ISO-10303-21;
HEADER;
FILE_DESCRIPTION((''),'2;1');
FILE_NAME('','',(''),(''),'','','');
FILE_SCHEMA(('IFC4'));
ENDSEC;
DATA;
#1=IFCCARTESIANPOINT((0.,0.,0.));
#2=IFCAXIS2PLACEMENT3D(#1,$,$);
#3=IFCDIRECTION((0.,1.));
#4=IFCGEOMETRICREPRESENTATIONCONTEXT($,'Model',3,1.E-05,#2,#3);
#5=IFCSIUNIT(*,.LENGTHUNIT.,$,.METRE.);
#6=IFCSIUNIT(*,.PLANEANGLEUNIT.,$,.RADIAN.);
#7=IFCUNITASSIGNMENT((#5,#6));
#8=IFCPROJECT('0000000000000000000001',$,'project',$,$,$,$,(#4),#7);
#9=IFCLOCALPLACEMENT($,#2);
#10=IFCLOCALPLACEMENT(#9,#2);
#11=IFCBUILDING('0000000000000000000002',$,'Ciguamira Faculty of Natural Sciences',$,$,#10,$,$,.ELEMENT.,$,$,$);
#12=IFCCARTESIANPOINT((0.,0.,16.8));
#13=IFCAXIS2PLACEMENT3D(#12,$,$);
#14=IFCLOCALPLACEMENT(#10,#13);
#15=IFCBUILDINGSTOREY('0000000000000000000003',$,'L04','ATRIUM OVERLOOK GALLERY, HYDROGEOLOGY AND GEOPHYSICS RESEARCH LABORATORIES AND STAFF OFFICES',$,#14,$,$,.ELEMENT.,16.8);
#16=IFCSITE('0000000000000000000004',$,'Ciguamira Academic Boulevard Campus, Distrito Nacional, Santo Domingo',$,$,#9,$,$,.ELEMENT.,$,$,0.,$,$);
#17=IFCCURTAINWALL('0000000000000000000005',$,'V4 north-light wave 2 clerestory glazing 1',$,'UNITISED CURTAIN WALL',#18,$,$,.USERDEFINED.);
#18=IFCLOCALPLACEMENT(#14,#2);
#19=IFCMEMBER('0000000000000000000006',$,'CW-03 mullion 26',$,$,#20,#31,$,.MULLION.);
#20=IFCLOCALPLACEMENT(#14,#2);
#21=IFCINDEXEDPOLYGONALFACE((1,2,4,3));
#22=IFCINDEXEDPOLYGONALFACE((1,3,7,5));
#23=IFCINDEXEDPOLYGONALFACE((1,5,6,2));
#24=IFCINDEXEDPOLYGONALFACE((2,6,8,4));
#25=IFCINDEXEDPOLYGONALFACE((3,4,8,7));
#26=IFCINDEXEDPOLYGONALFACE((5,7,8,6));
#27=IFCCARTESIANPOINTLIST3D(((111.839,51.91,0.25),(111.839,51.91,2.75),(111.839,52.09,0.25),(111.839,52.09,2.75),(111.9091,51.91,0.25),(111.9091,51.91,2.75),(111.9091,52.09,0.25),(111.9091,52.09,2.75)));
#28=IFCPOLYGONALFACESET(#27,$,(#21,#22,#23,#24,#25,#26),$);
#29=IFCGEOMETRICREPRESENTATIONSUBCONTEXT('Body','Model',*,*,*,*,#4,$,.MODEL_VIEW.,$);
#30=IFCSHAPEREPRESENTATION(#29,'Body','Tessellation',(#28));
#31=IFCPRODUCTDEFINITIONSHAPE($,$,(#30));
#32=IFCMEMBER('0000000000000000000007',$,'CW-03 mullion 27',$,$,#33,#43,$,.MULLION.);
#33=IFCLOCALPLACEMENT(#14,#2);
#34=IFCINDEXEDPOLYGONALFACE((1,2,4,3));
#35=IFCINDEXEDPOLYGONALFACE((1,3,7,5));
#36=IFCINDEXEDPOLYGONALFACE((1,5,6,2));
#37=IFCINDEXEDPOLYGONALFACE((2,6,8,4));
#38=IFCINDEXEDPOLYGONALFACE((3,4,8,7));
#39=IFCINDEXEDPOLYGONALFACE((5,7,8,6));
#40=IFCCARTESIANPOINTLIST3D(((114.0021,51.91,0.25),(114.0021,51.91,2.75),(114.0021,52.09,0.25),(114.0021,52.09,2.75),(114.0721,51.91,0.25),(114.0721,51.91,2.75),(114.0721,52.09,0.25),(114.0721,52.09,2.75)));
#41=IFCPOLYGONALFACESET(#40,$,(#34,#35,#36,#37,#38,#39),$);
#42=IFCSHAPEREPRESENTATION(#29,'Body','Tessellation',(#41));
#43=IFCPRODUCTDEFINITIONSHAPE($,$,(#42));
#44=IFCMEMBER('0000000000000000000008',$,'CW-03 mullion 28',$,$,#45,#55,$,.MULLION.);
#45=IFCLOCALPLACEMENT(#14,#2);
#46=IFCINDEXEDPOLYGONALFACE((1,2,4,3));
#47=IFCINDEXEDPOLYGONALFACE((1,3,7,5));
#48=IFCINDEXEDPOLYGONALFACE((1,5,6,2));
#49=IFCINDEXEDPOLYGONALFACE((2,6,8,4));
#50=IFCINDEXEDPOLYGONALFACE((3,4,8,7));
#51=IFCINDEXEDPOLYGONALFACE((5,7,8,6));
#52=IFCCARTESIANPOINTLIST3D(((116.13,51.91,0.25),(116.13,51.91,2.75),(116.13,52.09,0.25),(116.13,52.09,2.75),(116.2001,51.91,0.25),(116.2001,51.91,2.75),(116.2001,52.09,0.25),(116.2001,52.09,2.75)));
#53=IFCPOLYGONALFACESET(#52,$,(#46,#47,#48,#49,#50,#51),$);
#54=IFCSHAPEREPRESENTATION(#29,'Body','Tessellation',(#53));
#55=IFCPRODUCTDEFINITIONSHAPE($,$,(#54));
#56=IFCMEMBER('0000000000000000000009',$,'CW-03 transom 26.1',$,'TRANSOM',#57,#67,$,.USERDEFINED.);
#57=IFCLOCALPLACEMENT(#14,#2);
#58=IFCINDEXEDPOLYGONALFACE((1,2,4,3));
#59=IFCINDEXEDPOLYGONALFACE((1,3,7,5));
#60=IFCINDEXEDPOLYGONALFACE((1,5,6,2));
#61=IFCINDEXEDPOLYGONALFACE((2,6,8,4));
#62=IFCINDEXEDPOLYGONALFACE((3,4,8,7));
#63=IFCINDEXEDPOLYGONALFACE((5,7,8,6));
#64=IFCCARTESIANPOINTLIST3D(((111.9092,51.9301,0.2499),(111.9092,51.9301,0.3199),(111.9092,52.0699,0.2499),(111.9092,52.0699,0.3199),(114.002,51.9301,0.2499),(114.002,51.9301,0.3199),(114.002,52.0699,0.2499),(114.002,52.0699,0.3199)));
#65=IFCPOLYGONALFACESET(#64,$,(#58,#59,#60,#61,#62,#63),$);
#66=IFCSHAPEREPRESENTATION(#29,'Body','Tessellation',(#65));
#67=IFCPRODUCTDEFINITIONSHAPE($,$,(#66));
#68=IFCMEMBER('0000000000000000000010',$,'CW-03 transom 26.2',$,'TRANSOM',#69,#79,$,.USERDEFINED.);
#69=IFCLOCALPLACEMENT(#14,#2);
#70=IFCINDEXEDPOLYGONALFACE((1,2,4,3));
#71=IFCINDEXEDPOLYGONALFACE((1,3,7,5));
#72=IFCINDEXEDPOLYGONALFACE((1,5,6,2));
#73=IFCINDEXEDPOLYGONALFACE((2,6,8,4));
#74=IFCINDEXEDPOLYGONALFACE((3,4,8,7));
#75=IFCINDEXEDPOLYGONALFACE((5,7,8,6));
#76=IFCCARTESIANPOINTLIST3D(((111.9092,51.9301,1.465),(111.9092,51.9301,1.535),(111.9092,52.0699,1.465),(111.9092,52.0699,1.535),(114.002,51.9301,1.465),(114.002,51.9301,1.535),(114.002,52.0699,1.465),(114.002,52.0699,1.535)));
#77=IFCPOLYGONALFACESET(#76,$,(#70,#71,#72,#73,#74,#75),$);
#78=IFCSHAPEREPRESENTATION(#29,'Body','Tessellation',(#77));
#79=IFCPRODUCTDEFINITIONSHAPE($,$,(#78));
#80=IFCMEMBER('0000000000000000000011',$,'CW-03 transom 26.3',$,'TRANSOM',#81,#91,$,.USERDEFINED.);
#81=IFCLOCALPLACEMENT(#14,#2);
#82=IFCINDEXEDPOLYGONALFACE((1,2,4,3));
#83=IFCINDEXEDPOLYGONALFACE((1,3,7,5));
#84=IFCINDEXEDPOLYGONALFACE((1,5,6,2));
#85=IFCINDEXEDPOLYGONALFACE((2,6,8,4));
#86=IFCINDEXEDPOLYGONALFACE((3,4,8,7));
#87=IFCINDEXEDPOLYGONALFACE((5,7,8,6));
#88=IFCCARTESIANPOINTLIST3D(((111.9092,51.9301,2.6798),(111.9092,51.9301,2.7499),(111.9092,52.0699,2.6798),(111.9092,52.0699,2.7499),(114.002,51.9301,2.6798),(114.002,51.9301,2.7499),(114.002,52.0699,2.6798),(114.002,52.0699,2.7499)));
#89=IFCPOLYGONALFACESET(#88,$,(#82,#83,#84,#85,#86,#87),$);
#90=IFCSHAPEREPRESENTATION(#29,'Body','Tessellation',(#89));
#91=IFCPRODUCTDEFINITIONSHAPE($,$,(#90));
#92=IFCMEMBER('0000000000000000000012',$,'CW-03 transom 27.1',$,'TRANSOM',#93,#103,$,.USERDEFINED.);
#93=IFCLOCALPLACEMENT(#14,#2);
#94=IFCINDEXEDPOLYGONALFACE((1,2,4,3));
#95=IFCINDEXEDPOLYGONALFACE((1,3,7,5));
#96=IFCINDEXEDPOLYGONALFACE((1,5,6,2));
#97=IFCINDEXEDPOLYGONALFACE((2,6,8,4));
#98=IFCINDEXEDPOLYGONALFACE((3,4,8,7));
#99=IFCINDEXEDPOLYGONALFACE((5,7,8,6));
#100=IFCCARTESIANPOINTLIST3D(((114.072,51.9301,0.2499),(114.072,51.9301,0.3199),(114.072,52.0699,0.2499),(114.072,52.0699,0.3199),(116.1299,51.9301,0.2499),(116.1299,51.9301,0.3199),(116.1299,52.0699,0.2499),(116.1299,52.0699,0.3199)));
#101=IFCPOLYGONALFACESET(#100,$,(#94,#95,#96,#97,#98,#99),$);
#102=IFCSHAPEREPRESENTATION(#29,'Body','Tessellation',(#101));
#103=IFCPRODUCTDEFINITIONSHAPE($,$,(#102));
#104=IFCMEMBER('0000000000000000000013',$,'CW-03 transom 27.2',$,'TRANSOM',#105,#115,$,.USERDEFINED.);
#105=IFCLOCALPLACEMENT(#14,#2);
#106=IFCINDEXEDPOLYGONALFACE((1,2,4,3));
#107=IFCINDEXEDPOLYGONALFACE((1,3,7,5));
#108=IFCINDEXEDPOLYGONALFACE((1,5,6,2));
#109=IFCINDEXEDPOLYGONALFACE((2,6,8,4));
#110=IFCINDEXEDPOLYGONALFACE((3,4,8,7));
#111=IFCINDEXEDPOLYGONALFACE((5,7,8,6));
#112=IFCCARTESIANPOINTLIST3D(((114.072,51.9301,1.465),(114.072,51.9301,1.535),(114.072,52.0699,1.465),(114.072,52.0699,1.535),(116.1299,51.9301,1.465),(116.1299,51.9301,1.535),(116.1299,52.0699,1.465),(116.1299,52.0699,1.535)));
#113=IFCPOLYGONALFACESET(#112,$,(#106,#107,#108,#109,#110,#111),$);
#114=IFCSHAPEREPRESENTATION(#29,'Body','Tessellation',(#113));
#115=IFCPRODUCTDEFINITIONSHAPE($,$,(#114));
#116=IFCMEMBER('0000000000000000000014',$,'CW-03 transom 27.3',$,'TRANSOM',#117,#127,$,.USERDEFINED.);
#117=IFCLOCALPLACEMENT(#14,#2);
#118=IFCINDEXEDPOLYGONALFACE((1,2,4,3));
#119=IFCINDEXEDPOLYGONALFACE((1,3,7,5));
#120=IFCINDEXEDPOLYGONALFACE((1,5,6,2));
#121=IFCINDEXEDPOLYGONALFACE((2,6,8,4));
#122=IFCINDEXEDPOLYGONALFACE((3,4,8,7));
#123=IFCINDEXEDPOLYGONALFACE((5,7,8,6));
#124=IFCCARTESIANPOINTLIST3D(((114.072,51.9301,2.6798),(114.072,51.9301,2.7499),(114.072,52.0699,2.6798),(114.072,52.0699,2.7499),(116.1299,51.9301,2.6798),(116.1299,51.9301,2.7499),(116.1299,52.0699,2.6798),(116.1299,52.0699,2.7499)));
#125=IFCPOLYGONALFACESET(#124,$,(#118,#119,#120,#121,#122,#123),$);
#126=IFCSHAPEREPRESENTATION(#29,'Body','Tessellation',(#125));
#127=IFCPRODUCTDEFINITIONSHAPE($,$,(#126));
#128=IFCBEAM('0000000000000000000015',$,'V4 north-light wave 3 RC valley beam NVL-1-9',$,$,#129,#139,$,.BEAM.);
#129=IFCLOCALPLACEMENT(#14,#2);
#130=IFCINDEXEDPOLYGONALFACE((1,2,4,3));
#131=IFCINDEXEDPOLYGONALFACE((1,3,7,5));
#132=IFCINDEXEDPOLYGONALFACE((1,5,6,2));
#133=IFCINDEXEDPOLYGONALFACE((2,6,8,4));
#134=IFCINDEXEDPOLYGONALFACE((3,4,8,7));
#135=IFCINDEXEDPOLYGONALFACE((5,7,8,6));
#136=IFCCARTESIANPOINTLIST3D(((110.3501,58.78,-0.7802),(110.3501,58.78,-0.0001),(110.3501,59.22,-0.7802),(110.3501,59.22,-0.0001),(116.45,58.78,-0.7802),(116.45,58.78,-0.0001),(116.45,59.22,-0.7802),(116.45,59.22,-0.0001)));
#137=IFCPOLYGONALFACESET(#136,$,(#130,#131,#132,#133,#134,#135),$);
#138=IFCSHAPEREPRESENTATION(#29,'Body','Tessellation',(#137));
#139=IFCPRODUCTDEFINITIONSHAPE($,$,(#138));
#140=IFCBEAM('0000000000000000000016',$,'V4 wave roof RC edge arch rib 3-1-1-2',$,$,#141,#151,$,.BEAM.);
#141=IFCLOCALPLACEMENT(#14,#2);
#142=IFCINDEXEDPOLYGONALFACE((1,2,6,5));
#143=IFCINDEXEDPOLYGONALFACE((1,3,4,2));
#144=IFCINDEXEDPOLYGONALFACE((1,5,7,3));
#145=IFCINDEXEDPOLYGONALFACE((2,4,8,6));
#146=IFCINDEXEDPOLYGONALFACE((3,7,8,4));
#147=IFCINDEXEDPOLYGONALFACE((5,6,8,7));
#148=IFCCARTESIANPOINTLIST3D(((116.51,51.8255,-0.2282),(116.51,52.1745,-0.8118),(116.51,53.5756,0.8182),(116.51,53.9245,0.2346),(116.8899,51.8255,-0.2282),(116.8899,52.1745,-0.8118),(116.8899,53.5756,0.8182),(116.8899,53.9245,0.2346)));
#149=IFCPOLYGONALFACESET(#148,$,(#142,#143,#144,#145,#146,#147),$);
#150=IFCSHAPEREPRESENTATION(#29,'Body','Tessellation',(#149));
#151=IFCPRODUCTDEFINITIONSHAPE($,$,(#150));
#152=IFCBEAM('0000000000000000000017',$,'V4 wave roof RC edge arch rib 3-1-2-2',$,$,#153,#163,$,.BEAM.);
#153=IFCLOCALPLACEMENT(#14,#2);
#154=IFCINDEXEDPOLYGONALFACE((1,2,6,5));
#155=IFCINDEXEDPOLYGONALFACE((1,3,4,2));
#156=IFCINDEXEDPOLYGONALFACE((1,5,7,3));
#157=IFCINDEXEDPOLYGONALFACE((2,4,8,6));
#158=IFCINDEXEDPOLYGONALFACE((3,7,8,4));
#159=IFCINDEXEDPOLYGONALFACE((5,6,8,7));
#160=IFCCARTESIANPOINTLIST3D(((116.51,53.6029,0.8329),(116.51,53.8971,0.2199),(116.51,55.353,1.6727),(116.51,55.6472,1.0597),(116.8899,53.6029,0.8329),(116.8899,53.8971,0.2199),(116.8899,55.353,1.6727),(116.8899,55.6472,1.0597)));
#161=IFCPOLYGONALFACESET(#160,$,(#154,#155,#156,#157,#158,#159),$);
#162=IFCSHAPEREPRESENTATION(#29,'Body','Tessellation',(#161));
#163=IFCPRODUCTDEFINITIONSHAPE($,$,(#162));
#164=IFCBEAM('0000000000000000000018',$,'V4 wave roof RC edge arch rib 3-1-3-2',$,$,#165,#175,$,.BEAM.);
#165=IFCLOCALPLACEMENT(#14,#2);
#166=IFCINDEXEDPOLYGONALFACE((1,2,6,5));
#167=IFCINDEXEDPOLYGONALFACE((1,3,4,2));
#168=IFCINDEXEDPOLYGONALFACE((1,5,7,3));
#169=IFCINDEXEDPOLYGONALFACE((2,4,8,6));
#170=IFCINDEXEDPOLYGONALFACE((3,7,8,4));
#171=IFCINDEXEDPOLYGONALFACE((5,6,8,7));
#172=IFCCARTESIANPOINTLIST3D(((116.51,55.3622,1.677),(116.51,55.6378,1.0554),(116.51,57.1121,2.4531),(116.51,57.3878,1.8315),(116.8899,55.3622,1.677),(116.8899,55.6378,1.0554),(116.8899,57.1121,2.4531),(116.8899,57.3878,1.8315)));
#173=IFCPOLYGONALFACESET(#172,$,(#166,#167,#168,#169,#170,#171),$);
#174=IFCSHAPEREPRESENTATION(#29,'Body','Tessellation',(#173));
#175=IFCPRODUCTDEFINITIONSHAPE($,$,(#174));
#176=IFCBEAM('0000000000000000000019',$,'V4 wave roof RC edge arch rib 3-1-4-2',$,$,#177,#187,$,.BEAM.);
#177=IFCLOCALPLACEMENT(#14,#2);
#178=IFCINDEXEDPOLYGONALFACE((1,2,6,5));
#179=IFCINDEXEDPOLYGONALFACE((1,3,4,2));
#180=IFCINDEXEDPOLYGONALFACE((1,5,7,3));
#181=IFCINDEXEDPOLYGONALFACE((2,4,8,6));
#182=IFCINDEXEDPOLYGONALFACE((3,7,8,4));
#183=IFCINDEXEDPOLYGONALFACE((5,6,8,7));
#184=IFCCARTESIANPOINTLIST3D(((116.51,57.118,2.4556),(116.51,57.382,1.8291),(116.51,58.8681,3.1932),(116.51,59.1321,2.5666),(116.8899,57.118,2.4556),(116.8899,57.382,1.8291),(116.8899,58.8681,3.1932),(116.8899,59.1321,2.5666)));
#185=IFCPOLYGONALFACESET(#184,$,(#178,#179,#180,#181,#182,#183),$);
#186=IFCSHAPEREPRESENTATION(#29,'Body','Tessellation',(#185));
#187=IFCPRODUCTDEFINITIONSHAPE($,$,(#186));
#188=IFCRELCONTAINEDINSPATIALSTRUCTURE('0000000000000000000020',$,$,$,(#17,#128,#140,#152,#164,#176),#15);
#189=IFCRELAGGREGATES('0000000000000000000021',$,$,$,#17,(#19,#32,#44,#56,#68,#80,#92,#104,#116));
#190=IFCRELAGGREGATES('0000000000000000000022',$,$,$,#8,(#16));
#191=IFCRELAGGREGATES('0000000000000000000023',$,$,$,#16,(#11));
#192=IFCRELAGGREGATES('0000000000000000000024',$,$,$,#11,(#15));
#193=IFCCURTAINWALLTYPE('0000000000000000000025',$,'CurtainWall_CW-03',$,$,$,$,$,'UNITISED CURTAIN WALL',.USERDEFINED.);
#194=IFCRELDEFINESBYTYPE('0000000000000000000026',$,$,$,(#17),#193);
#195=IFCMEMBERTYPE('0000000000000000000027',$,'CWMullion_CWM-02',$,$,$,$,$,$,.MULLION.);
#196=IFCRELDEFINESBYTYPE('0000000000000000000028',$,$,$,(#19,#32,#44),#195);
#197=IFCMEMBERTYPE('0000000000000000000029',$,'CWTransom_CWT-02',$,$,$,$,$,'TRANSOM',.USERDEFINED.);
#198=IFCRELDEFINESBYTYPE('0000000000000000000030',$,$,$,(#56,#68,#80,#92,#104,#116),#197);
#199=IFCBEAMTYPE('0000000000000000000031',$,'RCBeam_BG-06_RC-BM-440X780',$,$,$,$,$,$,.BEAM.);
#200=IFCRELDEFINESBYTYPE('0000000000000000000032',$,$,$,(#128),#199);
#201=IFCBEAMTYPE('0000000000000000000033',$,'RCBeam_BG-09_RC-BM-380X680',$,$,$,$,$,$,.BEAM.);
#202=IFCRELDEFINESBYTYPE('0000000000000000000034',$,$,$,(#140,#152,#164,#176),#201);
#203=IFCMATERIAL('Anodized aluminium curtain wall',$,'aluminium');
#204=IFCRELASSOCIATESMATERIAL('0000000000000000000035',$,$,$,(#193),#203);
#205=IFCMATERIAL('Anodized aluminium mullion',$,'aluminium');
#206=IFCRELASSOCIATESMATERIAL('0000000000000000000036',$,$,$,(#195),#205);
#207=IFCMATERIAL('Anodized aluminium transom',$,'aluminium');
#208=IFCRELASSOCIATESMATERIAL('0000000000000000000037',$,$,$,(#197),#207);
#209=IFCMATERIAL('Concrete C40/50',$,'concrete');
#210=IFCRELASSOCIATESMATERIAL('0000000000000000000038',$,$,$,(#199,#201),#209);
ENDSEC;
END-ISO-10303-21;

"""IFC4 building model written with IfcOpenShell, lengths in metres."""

from ifc_helpers import new_model, si_unit, direction, frame, origin, origin_2d, place, context, subcontext, project, spatial, rectangle, extrude, material, material_profile, profile_set, type_object, element, aggregate, save


model = new_model("IFC4")

# Units and contexts
model_context = context("Model", 3, precision=1e-05, world=origin(), true_north=direction((0.0, 1.0)))
body_context = subcontext(model_context, "Body", "Model", "MODEL_VIEW")
ifc_project = project(units=[si_unit("LENGTHUNIT", "METRE"), si_unit("PLANEANGLEUNIT", "RADIAN")], contexts=[model_context])

# Site, building, storey
site_placement = place(None, origin())
site = spatial("IfcSite", under=ifc_project, at=site_placement, Name="Ciguamira Academic Boulevard Campus, Distrito Nacional, Santo Domingo", CompositionType="ELEMENT", RefElevation=0.0)
building_placement = place(site_placement, origin())
building = spatial("IfcBuilding", under=site, at=building_placement, Name="Ciguamira Faculty of Natural Sciences", CompositionType="ELEMENT")
storey_placement = place(building_placement, frame((0.0, 0.0, 16.8)))
storey = spatial("IfcBuildingStorey", under=building, at=storey_placement, Name="L04", Description="ATRIUM OVERLOOK GALLERY, HYDROGEOLOGY AND GEOPHYSICS RESEARCH LABORATORIES AND STAFF OFFICES", CompositionType="ELEMENT", Elevation=16.8)

# Curtain wall, members
ifc_material_1 = material(Name="Anodized aluminium curtain wall", Category="aluminium")
curtain_wall_type = type_object("IfcCurtainWallType", Name="CurtainWall_CW-03", ElementType="UNITISED CURTAIN WALL", PredefinedType="USERDEFINED", material=ifc_material_1)
curtain_wall_placement = place(storey_placement, origin())
curtain_wall = element("IfcCurtainWall", 1, at=curtain_wall_placement, inside=storey, type_object=curtain_wall_type, Name="V4 north-light wave 2 clerestory glazing 1", ObjectType="UNITISED CURTAIN WALL", PredefinedType="USERDEFINED")
ifc_material_2 = material(Name="Anodized aluminium mullion", Category="aluminium")
ifc_material_profile_1 = material_profile(ifc_material_2, rectangle(XDim=0.0701, YDim=0.1799, at=origin_2d()), Name="ALU-MUL-70X180")
ifc_profile_set_1 = profile_set([ifc_material_profile_1], Name="Anodized aluminium mullion")
member_type_1 = type_object("IfcMemberType", Name="CWMullion_CWM-02", PredefinedType="MULLION", material=ifc_profile_set_1)
member_1_placement = place(storey_placement, frame((111.874, 52.0, 0.25), z_axis=(0.0, 0.0, 1.0), x_axis=(1.0, 0.0, 0.0)))
member_1 = element("IfcMember", 2, at=member_1_placement, type_object=member_type_1, Name="CW-03 mullion 26", PredefinedType="MULLION", context=body_context, shape_type="SweptSolid", body=[
    extrude(rectangle(XDim=0.0701, YDim=0.1799, at=origin_2d()), origin(), (0.0, 0.0, 1.0), 2.5),
])
member_2_placement = place(storey_placement, frame((114.0371, 52.0, 0.25), z_axis=(0.0, 0.0, 1.0), x_axis=(1.0, 0.0, 0.0)))
member_2 = element("IfcMember", 3, at=member_2_placement, type_object=member_type_1, Name="CW-03 mullion 27", PredefinedType="MULLION", context=body_context, shape_type="SweptSolid", body=[
    extrude(rectangle(XDim=0.0701, YDim=0.1799, at=origin_2d()), origin(), (0.0, 0.0, 1.0), 2.5),
])
member_3_placement = place(storey_placement, frame((116.165, 52.0, 0.25), z_axis=(0.0, 0.0, 1.0), x_axis=(1.0, 0.0, 0.0)))
member_3 = element("IfcMember", 4, at=member_3_placement, type_object=member_type_1, Name="CW-03 mullion 28", PredefinedType="MULLION", context=body_context, shape_type="SweptSolid", body=[
    extrude(rectangle(XDim=0.0701, YDim=0.1799, at=origin_2d()), origin(), (0.0, 0.0, 1.0), 2.5),
])
ifc_material_3 = material(Name="Anodized aluminium transom", Category="aluminium")
ifc_material_profile_2 = material_profile(ifc_material_3, rectangle(XDim=0.0701, YDim=0.1399, at=origin_2d()), Name="ALU-TRN-70X140")
ifc_profile_set_2 = profile_set([ifc_material_profile_2], Name="Anodized aluminium transom")
member_type_2 = type_object("IfcMemberType", Name="CWTransom_CWT-02", ElementType="TRANSOM", PredefinedType="USERDEFINED", material=ifc_profile_set_2)
member_4_placement = place(storey_placement, frame((111.9092, 52.0, 0.2849), z_axis=(1.0, 0.0, 0.0), x_axis=(0.0, 0.0, 1.0)))
member_4 = element("IfcMember", 5, at=member_4_placement, type_object=member_type_2, Name="CW-03 transom 26.1", ObjectType="TRANSOM", PredefinedType="USERDEFINED", context=body_context, shape_type="SweptSolid", body=[
    extrude(rectangle(XDim=0.0701, YDim=0.1399, at=origin_2d()), origin(), (0.0, 0.0, 1.0), 2.0928),
])
member_5_placement = place(storey_placement, frame((111.9092, 52.0, 1.5), z_axis=(1.0, 0.0, 0.0), x_axis=(0.0, 0.0, 1.0)))
member_5 = element("IfcMember", 6, at=member_5_placement, type_object=member_type_2, Name="CW-03 transom 26.2", ObjectType="TRANSOM", PredefinedType="USERDEFINED", context=body_context, shape_type="SweptSolid", body=[
    extrude(rectangle(XDim=0.0701, YDim=0.1399, at=origin_2d()), origin(), (0.0, 0.0, 1.0), 2.0928),
])
member_6_placement = place(storey_placement, frame((111.9092, 52.0, 2.7148), z_axis=(1.0, 0.0, 0.0), x_axis=(0.0, 0.0, 1.0)))
member_6 = element("IfcMember", 7, at=member_6_placement, type_object=member_type_2, Name="CW-03 transom 26.3", ObjectType="TRANSOM", PredefinedType="USERDEFINED", context=body_context, shape_type="SweptSolid", body=[
    extrude(rectangle(XDim=0.0701, YDim=0.1399, at=origin_2d()), origin(), (0.0, 0.0, 1.0), 2.0928),
])
member_7_placement = place(storey_placement, frame((114.072, 52.0, 0.2849), z_axis=(1.0, 0.0, 0.0), x_axis=(0.0, 0.0, 1.0)))
member_7 = element("IfcMember", 8, at=member_7_placement, type_object=member_type_2, Name="CW-03 transom 27.1", ObjectType="TRANSOM", PredefinedType="USERDEFINED", context=body_context, shape_type="SweptSolid", body=[
    extrude(rectangle(XDim=0.0701, YDim=0.1399, at=origin_2d()), origin(), (0.0, 0.0, 1.0), 2.0579),
])
member_8_placement = place(storey_placement, frame((114.072, 52.0, 1.5), z_axis=(1.0, 0.0, 0.0), x_axis=(0.0, 0.0, 1.0)))
member_8 = element("IfcMember", 9, at=member_8_placement, type_object=member_type_2, Name="CW-03 transom 27.2", ObjectType="TRANSOM", PredefinedType="USERDEFINED", context=body_context, shape_type="SweptSolid", body=[
    extrude(rectangle(XDim=0.0701, YDim=0.1399, at=origin_2d()), origin(), (0.0, 0.0, 1.0), 2.0579),
])
member_9_placement = place(storey_placement, frame((114.072, 52.0, 2.7148), z_axis=(1.0, 0.0, 0.0), x_axis=(0.0, 0.0, 1.0)))
member_9 = element("IfcMember", 10, at=member_9_placement, type_object=member_type_2, Name="CW-03 transom 27.3", ObjectType="TRANSOM", PredefinedType="USERDEFINED", context=body_context, shape_type="SweptSolid", body=[
    extrude(rectangle(XDim=0.0701, YDim=0.1399, at=origin_2d()), origin(), (0.0, 0.0, 1.0), 2.0579),
])

# Beams
ifc_material_4 = material(Name="Concrete C40/50", Category="concrete")
ifc_material_profile_3 = material_profile(ifc_material_4, rectangle(XDim=0.4399, YDim=0.78, at=origin_2d()), Name="RC-BM-440X780")
ifc_profile_set_3 = profile_set([ifc_material_profile_3], Name="Concrete C40/50")
beam_type_1 = type_object("IfcBeamType", Name="RCBeam_BG-06_RC-BM-440X780", PredefinedType="BEAM", material=ifc_profile_set_3)
beam_1_placement = place(storey_placement, frame((110.3501, 59.0, -0.3901), z_axis=(1.0, 0.0, 0.0), x_axis=(0.0, 1.0, 0.0)))
element("IfcBeam", 11, at=beam_1_placement, inside=storey, type_object=beam_type_1, Name="V4 north-light wave 3 RC valley beam NVL-1-9", PredefinedType="BEAM", context=body_context, shape_type="SweptSolid", body=[
    extrude(rectangle(XDim=0.4399, YDim=0.78, at=origin_2d()), origin(), (0.0, 0.0, 1.0), 6.0999),
])
ifc_material_profile_4 = material_profile(ifc_material_4, rectangle(XDim=0.3799, YDim=0.6799, at=origin_2d()), Name="RC-BM-380X680")
ifc_profile_set_4 = profile_set([ifc_material_profile_4], Name="Concrete C40/50")
beam_type_2 = type_object("IfcBeamType", Name="RCBeam_BG-09_RC-BM-380X680", PredefinedType="BEAM", material=ifc_profile_set_4)
beam_2_placement = place(storey_placement, frame((116.7, 52.0, -0.52), z_axis=(0.0, 0.858274, 0.513192), x_axis=(-1.0, 0.0, 0.0)))
element("IfcBeam", 12, at=beam_2_placement, inside=storey, type_object=beam_type_2, Name="V4 wave roof RC edge arch rib 3-1-1-2", PredefinedType="BEAM", context=body_context, shape_type="SweptSolid", body=[
    extrude(rectangle(XDim=0.3799, YDim=0.6799, at=origin_2d()), origin(), (0.0, 0.0, 1.0), 2.0391),
])
beam_3_placement = place(storey_placement, frame((116.7, 53.75, 0.5264), z_axis=(0.0, 0.901554, 0.432666), x_axis=(-1.0, 0.0, 0.0)))
element("IfcBeam", 13, at=beam_3_placement, inside=storey, type_object=beam_type_2, Name="V4 wave roof RC edge arch rib 3-1-2-2", PredefinedType="BEAM", context=body_context, shape_type="SweptSolid", body=[
    extrude(rectangle(XDim=0.3799, YDim=0.6799, at=origin_2d()), origin(), (0.0, 0.0, 1.0), 1.9412),
])
beam_4_placement = place(storey_placement, frame((116.7, 55.5, 1.3662), z_axis=(0.0, 0.914132, 0.405417), x_axis=(-1.0, 0.0, 0.0)))
element("IfcBeam", 14, at=beam_4_placement, inside=storey, type_object=beam_type_2, Name="V4 wave roof RC edge arch rib 3-1-3-2", PredefinedType="BEAM", context=body_context, shape_type="SweptSolid", body=[
    extrude(rectangle(XDim=0.3799, YDim=0.6799, at=origin_2d()), origin(), (0.0, 0.0, 1.0), 1.9143),
])
beam_5_placement = place(storey_placement, frame((116.7, 57.25, 2.1423), z_axis=(0.0, 0.921502, 0.388373), x_axis=(-1.0, 0.0, 0.0)))
element("IfcBeam", 15, at=beam_5_placement, inside=storey, type_object=beam_type_2, Name="V4 wave roof RC edge arch rib 3-1-4-2", PredefinedType="BEAM", context=body_context, shape_type="SweptSolid", body=[
    extrude(rectangle(XDim=0.3799, YDim=0.6799, at=origin_2d()), origin(), (0.0, 0.0, 1.0), 1.8992),
])

aggregate(curtain_wall, [member_1, member_2, member_3, member_4, member_5, member_6, member_7, member_8, member_9])

save(model, "model.ifc")
